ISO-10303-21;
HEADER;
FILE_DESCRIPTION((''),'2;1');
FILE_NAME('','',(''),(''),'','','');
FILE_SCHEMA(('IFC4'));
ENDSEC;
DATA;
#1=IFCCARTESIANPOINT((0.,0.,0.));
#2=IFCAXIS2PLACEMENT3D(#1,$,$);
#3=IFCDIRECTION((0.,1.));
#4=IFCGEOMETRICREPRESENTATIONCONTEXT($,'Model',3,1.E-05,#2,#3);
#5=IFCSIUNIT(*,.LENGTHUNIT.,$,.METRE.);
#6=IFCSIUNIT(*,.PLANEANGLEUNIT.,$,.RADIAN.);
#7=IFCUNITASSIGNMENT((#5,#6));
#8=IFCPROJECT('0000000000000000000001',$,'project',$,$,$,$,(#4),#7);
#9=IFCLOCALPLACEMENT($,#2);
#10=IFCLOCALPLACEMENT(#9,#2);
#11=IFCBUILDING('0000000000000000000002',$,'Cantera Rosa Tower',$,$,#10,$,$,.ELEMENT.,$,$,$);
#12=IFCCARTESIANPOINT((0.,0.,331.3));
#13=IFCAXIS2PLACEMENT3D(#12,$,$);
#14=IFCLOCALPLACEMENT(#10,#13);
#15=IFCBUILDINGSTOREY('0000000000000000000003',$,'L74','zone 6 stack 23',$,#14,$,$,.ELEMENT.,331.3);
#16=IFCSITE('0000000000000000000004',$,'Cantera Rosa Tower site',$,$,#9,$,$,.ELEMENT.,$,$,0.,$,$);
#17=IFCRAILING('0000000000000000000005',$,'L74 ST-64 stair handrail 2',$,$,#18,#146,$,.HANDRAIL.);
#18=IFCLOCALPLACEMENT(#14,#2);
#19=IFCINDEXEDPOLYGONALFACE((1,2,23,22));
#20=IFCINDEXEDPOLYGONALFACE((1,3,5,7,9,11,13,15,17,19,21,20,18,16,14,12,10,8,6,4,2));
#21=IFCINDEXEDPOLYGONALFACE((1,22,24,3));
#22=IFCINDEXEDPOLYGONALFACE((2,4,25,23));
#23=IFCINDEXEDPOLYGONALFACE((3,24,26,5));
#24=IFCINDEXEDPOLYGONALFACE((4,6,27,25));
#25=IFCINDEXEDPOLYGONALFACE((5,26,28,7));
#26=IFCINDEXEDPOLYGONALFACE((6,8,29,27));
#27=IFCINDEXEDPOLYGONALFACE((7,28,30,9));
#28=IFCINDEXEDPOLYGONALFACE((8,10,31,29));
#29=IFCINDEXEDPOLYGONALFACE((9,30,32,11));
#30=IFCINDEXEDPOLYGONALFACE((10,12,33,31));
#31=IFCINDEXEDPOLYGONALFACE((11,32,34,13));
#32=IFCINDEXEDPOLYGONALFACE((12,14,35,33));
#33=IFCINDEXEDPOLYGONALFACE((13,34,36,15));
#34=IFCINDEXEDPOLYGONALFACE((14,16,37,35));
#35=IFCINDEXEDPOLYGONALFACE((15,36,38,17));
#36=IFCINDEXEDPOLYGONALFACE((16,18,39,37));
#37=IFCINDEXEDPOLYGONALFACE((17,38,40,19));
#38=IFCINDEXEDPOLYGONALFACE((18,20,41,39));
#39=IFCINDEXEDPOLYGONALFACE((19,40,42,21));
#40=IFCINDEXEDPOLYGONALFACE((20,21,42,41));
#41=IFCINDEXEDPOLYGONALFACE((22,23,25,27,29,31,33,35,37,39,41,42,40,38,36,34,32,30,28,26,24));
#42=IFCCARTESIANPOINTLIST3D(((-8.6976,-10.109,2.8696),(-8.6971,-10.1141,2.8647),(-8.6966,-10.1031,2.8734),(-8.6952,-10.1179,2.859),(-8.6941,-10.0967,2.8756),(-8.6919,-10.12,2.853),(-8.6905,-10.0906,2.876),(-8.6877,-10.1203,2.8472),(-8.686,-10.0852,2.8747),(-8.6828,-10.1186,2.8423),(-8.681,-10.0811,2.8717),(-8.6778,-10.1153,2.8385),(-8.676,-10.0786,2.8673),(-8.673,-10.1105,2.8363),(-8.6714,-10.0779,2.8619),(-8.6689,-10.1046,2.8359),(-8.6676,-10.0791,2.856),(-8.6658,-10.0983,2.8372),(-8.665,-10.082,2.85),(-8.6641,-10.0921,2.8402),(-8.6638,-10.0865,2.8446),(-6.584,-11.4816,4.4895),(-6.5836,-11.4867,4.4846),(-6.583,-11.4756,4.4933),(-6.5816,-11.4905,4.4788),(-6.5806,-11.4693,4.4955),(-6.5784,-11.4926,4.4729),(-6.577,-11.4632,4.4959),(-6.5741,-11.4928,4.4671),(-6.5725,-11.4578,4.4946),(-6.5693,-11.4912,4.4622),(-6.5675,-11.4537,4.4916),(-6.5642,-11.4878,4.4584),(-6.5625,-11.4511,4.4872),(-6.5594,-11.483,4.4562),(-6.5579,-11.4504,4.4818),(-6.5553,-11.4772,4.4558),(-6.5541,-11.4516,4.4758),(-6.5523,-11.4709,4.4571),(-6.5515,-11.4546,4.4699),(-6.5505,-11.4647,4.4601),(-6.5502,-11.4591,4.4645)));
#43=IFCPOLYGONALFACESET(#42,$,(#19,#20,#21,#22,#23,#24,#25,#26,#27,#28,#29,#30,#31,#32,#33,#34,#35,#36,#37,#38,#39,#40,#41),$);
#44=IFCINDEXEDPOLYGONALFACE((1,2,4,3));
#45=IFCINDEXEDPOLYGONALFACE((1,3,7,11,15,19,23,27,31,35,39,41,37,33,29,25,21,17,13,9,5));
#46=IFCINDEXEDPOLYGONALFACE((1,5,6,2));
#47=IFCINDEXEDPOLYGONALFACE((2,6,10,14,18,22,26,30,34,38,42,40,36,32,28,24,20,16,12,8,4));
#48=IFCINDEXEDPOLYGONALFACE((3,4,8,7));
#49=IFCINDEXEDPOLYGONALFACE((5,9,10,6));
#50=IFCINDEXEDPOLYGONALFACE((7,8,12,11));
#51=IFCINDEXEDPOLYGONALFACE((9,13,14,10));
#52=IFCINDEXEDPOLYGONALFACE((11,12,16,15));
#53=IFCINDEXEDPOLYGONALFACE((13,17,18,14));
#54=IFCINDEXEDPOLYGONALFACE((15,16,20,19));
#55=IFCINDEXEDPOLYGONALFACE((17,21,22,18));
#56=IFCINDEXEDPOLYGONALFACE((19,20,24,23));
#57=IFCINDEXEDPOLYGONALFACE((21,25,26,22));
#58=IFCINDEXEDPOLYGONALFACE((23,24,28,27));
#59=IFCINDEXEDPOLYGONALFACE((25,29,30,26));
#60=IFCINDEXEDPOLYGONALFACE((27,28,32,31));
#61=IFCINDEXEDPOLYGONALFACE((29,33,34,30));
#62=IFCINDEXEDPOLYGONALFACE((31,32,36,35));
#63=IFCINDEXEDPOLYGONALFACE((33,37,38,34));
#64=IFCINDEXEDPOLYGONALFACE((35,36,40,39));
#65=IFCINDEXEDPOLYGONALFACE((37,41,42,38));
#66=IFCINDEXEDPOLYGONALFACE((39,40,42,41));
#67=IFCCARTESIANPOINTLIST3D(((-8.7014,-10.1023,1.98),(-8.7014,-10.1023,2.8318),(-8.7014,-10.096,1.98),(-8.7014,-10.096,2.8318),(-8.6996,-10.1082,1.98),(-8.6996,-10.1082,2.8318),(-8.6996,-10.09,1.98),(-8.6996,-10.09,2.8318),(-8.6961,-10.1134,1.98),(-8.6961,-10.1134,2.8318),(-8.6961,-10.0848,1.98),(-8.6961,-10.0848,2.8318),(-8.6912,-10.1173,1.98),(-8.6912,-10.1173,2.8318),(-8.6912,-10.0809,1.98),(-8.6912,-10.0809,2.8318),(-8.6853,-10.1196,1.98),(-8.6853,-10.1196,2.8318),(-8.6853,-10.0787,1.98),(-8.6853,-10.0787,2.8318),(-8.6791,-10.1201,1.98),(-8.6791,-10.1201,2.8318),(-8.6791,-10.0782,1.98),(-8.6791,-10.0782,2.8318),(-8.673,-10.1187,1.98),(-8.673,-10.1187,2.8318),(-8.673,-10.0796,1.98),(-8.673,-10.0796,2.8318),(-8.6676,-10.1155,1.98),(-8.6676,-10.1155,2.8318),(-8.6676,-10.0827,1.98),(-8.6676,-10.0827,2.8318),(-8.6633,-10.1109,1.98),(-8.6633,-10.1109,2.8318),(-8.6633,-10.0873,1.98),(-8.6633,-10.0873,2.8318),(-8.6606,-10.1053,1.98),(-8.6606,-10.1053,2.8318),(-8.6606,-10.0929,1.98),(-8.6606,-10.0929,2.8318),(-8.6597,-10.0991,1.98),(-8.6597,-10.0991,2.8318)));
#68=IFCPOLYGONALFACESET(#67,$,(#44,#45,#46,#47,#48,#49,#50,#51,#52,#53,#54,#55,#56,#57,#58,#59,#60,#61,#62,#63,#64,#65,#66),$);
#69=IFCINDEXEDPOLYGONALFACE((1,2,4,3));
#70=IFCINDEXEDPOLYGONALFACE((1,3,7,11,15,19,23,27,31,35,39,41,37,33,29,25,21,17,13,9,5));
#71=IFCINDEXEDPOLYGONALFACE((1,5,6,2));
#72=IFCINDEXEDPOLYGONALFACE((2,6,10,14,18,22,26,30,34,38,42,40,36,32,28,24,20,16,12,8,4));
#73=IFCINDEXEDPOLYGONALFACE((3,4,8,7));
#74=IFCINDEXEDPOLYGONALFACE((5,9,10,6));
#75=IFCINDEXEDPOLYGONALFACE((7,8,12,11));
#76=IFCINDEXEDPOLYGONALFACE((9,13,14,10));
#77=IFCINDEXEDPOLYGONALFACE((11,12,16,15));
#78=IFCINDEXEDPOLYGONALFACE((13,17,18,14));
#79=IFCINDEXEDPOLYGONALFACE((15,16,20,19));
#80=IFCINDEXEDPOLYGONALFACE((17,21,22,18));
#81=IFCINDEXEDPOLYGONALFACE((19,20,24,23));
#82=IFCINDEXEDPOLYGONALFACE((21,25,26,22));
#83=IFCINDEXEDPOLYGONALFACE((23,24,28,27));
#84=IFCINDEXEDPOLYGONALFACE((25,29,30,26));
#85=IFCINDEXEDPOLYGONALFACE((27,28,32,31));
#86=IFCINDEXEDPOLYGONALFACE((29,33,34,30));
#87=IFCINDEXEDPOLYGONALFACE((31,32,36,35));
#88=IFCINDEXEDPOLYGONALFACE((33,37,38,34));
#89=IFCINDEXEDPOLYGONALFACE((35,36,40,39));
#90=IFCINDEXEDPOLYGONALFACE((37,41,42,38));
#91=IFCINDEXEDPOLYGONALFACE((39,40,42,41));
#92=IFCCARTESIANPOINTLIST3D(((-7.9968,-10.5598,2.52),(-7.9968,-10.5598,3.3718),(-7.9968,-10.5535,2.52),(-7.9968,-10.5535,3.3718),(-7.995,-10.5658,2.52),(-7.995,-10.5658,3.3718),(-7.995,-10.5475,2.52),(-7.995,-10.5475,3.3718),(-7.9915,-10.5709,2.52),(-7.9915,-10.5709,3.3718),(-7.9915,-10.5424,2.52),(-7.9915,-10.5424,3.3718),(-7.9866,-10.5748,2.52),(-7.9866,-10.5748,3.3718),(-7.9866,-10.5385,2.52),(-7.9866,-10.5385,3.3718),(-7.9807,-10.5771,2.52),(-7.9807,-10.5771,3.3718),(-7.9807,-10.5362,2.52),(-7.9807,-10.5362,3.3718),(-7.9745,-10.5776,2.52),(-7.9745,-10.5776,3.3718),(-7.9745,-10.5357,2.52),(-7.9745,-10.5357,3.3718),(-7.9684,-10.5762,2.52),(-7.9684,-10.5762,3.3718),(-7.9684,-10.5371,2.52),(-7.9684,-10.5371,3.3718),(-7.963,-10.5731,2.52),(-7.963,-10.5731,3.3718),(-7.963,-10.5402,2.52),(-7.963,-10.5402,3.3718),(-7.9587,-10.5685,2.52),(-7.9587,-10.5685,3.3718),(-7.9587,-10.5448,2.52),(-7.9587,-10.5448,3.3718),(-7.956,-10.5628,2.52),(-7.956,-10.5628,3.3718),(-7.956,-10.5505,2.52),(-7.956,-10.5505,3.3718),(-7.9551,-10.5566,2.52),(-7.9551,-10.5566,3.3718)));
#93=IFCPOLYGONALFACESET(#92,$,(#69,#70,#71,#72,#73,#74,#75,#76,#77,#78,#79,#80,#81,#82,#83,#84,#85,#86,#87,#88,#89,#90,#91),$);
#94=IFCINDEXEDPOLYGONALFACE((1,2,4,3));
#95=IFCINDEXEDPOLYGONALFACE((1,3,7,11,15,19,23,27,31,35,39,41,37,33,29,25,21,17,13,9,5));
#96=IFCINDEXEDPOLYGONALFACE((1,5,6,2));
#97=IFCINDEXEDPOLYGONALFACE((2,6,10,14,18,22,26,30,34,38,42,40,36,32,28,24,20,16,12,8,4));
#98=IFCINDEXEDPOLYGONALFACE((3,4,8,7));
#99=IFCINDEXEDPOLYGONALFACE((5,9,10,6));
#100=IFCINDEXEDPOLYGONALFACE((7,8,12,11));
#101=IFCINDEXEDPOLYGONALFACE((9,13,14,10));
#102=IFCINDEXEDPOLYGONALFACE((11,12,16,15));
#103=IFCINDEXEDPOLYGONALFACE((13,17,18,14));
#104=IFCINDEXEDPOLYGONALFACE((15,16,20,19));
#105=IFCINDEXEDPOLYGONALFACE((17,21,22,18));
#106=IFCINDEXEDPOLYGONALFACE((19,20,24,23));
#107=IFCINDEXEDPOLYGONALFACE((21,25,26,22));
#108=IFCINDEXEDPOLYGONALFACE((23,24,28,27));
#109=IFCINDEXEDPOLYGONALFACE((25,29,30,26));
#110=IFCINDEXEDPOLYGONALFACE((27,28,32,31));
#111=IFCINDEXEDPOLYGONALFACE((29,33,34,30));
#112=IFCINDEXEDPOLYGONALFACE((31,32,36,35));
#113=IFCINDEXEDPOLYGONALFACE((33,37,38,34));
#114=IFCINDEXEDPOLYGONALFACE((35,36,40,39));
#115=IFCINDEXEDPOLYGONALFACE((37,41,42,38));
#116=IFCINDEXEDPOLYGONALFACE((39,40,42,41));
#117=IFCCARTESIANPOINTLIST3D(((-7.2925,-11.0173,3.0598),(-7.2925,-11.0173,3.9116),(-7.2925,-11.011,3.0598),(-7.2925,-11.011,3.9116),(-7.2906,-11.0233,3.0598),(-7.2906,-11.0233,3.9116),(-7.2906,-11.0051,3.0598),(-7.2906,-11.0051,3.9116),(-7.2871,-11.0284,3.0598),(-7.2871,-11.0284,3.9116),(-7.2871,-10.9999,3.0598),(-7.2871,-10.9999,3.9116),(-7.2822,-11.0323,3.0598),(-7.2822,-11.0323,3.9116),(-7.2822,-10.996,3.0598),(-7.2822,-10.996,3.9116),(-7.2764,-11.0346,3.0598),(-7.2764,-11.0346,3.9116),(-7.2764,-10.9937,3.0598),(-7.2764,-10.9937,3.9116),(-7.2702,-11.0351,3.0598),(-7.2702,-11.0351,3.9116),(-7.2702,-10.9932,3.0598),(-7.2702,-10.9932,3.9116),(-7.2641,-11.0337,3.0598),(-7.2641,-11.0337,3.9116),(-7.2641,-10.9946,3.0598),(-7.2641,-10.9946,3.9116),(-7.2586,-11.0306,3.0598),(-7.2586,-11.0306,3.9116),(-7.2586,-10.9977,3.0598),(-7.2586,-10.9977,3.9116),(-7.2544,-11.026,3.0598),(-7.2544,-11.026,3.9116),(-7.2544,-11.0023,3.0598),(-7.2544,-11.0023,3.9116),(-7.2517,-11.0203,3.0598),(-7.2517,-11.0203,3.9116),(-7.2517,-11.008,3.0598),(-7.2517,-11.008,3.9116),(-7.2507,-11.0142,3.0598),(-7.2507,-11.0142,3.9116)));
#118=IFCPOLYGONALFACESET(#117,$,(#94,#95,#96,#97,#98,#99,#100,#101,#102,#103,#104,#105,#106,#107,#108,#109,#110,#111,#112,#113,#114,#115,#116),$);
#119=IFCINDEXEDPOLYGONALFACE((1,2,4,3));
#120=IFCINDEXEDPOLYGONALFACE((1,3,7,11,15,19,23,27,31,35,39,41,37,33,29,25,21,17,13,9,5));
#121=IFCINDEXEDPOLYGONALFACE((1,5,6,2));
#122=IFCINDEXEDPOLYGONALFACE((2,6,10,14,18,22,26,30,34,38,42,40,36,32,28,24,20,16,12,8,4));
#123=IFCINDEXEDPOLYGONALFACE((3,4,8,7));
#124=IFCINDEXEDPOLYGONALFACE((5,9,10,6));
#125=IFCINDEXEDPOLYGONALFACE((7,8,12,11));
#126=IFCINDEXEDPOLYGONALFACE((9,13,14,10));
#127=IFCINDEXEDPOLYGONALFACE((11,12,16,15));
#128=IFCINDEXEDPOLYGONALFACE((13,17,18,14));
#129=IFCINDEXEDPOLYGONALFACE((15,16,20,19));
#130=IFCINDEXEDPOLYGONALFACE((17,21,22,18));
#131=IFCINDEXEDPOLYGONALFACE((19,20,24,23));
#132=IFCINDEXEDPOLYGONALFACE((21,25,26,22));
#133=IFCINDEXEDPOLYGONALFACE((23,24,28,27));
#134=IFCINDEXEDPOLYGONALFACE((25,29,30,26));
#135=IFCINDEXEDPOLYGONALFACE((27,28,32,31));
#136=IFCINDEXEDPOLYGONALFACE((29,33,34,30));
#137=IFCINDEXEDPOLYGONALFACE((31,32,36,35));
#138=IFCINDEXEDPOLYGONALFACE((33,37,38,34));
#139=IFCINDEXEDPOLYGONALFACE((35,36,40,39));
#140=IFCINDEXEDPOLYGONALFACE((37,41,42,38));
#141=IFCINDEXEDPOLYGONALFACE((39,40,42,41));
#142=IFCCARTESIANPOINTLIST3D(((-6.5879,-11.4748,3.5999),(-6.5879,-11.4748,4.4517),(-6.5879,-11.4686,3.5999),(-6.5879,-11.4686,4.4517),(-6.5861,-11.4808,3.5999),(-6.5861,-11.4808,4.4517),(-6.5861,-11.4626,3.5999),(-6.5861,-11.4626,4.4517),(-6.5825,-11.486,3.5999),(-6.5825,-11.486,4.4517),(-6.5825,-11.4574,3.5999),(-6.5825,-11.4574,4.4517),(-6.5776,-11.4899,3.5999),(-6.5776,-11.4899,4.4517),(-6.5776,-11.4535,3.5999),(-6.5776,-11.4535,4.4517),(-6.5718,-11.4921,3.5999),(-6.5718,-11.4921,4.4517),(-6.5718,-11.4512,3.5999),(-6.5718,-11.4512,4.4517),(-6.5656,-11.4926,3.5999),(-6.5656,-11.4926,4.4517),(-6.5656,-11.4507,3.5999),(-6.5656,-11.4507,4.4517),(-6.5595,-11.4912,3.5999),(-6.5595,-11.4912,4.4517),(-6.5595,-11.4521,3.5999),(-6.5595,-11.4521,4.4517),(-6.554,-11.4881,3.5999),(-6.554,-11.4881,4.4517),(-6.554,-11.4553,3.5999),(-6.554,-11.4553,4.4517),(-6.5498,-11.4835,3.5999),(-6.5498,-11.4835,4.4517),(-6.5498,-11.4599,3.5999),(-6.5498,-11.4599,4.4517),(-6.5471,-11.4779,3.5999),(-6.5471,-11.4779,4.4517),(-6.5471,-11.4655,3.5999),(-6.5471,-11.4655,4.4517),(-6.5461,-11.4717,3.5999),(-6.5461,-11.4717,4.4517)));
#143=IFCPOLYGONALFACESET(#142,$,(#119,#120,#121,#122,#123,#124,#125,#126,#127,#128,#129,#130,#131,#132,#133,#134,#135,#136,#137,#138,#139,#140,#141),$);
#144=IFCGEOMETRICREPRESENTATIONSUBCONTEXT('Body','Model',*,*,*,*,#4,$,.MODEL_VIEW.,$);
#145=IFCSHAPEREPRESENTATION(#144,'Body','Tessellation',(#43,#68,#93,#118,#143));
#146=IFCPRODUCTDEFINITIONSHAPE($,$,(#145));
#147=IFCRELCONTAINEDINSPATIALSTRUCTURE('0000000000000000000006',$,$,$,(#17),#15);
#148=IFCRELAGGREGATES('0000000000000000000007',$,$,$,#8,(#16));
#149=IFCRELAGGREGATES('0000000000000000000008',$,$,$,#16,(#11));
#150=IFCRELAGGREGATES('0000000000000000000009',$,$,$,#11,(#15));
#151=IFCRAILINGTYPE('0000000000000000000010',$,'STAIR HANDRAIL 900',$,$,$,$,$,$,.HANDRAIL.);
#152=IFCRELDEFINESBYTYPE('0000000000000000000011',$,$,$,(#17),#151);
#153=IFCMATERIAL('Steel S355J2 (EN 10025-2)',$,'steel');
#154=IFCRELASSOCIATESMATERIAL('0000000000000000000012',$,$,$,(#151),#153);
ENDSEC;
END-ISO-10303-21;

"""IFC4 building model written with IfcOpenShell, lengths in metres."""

from ifc_helpers import new_model, si_unit, direction, frame, origin, origin_2d, place, context, subcontext, project, spatial, circle, extrude, material, type_object, element, save


model = new_model("IFC4")

# Units and contexts
model_context = context("Model", 3, precision=1e-05, world=origin(), true_north=direction((0.0, 1.0)))
body_context = subcontext(model_context, "Body", "Model", "MODEL_VIEW")
ifc_project = project(units=[si_unit("LENGTHUNIT", "METRE"), si_unit("PLANEANGLEUNIT", "RADIAN")], contexts=[model_context])

# Site, building, storey
site_placement = place(None, origin())
site = spatial("IfcSite", under=ifc_project, at=site_placement, Name="Cantera Rosa Tower site", CompositionType="ELEMENT", RefElevation=0.0)
building_placement = place(site_placement, origin())
building = spatial("IfcBuilding", under=site, at=building_placement, Name="Cantera Rosa Tower", CompositionType="ELEMENT")
storey_placement = place(building_placement, frame((0.0, 0.0, 331.3)))
storey = spatial("IfcBuildingStorey", under=building, at=storey_placement, Name="L74", Description="zone 6 stack 23", CompositionType="ELEMENT", Elevation=331.3)

# Railing
ifc_material_1 = material(Name="Steel S355J2 (EN 10025-2)", Category="steel")
railing_type_1 = type_object("IfcRailingType", Name="STAIR HANDRAIL 900", PredefinedType="HANDRAIL", material=ifc_material_1)
railing_1_placement = place(storey_placement, frame((-8.6807, -10.0991, 1.98)))
element("IfcRailing", 1, at=railing_1_placement, inside=storey, type_object=railing_type_1, Name="L74 ST-64 stair handrail 2", PredefinedType="HANDRAIL", context=body_context, shape_type="SweptSolid", body=[
    extrude(circle(Radius=0.0239, at=origin_2d()), frame((0.0, 0.0, 0.876), z_axis=(0.705493, -0.458159, 0.540712), x_axis=(0.544644, 0.838667, 0.0)), (0.0, 0.0, 1.0), 2.9958),
    extrude(circle(Radius=0.021, at=origin_2d()), origin(), (0.0, 0.0, 1.0), 0.8518),
    extrude(circle(Radius=0.021, at=origin_2d()), frame((0.7046, -0.4575, 0.54)), (0.0, 0.0, 1.0), 0.8518),
    extrude(circle(Radius=0.021, at=origin_2d()), frame((1.4089, -0.915, 1.0798)), (0.0, 0.0, 1.0), 0.8518),
    extrude(circle(Radius=0.021, at=origin_2d()), frame((2.1135, -1.3726, 1.6199)), (0.0, 0.0, 1.0), 0.8518),
])

save(model, "model.ifc")
